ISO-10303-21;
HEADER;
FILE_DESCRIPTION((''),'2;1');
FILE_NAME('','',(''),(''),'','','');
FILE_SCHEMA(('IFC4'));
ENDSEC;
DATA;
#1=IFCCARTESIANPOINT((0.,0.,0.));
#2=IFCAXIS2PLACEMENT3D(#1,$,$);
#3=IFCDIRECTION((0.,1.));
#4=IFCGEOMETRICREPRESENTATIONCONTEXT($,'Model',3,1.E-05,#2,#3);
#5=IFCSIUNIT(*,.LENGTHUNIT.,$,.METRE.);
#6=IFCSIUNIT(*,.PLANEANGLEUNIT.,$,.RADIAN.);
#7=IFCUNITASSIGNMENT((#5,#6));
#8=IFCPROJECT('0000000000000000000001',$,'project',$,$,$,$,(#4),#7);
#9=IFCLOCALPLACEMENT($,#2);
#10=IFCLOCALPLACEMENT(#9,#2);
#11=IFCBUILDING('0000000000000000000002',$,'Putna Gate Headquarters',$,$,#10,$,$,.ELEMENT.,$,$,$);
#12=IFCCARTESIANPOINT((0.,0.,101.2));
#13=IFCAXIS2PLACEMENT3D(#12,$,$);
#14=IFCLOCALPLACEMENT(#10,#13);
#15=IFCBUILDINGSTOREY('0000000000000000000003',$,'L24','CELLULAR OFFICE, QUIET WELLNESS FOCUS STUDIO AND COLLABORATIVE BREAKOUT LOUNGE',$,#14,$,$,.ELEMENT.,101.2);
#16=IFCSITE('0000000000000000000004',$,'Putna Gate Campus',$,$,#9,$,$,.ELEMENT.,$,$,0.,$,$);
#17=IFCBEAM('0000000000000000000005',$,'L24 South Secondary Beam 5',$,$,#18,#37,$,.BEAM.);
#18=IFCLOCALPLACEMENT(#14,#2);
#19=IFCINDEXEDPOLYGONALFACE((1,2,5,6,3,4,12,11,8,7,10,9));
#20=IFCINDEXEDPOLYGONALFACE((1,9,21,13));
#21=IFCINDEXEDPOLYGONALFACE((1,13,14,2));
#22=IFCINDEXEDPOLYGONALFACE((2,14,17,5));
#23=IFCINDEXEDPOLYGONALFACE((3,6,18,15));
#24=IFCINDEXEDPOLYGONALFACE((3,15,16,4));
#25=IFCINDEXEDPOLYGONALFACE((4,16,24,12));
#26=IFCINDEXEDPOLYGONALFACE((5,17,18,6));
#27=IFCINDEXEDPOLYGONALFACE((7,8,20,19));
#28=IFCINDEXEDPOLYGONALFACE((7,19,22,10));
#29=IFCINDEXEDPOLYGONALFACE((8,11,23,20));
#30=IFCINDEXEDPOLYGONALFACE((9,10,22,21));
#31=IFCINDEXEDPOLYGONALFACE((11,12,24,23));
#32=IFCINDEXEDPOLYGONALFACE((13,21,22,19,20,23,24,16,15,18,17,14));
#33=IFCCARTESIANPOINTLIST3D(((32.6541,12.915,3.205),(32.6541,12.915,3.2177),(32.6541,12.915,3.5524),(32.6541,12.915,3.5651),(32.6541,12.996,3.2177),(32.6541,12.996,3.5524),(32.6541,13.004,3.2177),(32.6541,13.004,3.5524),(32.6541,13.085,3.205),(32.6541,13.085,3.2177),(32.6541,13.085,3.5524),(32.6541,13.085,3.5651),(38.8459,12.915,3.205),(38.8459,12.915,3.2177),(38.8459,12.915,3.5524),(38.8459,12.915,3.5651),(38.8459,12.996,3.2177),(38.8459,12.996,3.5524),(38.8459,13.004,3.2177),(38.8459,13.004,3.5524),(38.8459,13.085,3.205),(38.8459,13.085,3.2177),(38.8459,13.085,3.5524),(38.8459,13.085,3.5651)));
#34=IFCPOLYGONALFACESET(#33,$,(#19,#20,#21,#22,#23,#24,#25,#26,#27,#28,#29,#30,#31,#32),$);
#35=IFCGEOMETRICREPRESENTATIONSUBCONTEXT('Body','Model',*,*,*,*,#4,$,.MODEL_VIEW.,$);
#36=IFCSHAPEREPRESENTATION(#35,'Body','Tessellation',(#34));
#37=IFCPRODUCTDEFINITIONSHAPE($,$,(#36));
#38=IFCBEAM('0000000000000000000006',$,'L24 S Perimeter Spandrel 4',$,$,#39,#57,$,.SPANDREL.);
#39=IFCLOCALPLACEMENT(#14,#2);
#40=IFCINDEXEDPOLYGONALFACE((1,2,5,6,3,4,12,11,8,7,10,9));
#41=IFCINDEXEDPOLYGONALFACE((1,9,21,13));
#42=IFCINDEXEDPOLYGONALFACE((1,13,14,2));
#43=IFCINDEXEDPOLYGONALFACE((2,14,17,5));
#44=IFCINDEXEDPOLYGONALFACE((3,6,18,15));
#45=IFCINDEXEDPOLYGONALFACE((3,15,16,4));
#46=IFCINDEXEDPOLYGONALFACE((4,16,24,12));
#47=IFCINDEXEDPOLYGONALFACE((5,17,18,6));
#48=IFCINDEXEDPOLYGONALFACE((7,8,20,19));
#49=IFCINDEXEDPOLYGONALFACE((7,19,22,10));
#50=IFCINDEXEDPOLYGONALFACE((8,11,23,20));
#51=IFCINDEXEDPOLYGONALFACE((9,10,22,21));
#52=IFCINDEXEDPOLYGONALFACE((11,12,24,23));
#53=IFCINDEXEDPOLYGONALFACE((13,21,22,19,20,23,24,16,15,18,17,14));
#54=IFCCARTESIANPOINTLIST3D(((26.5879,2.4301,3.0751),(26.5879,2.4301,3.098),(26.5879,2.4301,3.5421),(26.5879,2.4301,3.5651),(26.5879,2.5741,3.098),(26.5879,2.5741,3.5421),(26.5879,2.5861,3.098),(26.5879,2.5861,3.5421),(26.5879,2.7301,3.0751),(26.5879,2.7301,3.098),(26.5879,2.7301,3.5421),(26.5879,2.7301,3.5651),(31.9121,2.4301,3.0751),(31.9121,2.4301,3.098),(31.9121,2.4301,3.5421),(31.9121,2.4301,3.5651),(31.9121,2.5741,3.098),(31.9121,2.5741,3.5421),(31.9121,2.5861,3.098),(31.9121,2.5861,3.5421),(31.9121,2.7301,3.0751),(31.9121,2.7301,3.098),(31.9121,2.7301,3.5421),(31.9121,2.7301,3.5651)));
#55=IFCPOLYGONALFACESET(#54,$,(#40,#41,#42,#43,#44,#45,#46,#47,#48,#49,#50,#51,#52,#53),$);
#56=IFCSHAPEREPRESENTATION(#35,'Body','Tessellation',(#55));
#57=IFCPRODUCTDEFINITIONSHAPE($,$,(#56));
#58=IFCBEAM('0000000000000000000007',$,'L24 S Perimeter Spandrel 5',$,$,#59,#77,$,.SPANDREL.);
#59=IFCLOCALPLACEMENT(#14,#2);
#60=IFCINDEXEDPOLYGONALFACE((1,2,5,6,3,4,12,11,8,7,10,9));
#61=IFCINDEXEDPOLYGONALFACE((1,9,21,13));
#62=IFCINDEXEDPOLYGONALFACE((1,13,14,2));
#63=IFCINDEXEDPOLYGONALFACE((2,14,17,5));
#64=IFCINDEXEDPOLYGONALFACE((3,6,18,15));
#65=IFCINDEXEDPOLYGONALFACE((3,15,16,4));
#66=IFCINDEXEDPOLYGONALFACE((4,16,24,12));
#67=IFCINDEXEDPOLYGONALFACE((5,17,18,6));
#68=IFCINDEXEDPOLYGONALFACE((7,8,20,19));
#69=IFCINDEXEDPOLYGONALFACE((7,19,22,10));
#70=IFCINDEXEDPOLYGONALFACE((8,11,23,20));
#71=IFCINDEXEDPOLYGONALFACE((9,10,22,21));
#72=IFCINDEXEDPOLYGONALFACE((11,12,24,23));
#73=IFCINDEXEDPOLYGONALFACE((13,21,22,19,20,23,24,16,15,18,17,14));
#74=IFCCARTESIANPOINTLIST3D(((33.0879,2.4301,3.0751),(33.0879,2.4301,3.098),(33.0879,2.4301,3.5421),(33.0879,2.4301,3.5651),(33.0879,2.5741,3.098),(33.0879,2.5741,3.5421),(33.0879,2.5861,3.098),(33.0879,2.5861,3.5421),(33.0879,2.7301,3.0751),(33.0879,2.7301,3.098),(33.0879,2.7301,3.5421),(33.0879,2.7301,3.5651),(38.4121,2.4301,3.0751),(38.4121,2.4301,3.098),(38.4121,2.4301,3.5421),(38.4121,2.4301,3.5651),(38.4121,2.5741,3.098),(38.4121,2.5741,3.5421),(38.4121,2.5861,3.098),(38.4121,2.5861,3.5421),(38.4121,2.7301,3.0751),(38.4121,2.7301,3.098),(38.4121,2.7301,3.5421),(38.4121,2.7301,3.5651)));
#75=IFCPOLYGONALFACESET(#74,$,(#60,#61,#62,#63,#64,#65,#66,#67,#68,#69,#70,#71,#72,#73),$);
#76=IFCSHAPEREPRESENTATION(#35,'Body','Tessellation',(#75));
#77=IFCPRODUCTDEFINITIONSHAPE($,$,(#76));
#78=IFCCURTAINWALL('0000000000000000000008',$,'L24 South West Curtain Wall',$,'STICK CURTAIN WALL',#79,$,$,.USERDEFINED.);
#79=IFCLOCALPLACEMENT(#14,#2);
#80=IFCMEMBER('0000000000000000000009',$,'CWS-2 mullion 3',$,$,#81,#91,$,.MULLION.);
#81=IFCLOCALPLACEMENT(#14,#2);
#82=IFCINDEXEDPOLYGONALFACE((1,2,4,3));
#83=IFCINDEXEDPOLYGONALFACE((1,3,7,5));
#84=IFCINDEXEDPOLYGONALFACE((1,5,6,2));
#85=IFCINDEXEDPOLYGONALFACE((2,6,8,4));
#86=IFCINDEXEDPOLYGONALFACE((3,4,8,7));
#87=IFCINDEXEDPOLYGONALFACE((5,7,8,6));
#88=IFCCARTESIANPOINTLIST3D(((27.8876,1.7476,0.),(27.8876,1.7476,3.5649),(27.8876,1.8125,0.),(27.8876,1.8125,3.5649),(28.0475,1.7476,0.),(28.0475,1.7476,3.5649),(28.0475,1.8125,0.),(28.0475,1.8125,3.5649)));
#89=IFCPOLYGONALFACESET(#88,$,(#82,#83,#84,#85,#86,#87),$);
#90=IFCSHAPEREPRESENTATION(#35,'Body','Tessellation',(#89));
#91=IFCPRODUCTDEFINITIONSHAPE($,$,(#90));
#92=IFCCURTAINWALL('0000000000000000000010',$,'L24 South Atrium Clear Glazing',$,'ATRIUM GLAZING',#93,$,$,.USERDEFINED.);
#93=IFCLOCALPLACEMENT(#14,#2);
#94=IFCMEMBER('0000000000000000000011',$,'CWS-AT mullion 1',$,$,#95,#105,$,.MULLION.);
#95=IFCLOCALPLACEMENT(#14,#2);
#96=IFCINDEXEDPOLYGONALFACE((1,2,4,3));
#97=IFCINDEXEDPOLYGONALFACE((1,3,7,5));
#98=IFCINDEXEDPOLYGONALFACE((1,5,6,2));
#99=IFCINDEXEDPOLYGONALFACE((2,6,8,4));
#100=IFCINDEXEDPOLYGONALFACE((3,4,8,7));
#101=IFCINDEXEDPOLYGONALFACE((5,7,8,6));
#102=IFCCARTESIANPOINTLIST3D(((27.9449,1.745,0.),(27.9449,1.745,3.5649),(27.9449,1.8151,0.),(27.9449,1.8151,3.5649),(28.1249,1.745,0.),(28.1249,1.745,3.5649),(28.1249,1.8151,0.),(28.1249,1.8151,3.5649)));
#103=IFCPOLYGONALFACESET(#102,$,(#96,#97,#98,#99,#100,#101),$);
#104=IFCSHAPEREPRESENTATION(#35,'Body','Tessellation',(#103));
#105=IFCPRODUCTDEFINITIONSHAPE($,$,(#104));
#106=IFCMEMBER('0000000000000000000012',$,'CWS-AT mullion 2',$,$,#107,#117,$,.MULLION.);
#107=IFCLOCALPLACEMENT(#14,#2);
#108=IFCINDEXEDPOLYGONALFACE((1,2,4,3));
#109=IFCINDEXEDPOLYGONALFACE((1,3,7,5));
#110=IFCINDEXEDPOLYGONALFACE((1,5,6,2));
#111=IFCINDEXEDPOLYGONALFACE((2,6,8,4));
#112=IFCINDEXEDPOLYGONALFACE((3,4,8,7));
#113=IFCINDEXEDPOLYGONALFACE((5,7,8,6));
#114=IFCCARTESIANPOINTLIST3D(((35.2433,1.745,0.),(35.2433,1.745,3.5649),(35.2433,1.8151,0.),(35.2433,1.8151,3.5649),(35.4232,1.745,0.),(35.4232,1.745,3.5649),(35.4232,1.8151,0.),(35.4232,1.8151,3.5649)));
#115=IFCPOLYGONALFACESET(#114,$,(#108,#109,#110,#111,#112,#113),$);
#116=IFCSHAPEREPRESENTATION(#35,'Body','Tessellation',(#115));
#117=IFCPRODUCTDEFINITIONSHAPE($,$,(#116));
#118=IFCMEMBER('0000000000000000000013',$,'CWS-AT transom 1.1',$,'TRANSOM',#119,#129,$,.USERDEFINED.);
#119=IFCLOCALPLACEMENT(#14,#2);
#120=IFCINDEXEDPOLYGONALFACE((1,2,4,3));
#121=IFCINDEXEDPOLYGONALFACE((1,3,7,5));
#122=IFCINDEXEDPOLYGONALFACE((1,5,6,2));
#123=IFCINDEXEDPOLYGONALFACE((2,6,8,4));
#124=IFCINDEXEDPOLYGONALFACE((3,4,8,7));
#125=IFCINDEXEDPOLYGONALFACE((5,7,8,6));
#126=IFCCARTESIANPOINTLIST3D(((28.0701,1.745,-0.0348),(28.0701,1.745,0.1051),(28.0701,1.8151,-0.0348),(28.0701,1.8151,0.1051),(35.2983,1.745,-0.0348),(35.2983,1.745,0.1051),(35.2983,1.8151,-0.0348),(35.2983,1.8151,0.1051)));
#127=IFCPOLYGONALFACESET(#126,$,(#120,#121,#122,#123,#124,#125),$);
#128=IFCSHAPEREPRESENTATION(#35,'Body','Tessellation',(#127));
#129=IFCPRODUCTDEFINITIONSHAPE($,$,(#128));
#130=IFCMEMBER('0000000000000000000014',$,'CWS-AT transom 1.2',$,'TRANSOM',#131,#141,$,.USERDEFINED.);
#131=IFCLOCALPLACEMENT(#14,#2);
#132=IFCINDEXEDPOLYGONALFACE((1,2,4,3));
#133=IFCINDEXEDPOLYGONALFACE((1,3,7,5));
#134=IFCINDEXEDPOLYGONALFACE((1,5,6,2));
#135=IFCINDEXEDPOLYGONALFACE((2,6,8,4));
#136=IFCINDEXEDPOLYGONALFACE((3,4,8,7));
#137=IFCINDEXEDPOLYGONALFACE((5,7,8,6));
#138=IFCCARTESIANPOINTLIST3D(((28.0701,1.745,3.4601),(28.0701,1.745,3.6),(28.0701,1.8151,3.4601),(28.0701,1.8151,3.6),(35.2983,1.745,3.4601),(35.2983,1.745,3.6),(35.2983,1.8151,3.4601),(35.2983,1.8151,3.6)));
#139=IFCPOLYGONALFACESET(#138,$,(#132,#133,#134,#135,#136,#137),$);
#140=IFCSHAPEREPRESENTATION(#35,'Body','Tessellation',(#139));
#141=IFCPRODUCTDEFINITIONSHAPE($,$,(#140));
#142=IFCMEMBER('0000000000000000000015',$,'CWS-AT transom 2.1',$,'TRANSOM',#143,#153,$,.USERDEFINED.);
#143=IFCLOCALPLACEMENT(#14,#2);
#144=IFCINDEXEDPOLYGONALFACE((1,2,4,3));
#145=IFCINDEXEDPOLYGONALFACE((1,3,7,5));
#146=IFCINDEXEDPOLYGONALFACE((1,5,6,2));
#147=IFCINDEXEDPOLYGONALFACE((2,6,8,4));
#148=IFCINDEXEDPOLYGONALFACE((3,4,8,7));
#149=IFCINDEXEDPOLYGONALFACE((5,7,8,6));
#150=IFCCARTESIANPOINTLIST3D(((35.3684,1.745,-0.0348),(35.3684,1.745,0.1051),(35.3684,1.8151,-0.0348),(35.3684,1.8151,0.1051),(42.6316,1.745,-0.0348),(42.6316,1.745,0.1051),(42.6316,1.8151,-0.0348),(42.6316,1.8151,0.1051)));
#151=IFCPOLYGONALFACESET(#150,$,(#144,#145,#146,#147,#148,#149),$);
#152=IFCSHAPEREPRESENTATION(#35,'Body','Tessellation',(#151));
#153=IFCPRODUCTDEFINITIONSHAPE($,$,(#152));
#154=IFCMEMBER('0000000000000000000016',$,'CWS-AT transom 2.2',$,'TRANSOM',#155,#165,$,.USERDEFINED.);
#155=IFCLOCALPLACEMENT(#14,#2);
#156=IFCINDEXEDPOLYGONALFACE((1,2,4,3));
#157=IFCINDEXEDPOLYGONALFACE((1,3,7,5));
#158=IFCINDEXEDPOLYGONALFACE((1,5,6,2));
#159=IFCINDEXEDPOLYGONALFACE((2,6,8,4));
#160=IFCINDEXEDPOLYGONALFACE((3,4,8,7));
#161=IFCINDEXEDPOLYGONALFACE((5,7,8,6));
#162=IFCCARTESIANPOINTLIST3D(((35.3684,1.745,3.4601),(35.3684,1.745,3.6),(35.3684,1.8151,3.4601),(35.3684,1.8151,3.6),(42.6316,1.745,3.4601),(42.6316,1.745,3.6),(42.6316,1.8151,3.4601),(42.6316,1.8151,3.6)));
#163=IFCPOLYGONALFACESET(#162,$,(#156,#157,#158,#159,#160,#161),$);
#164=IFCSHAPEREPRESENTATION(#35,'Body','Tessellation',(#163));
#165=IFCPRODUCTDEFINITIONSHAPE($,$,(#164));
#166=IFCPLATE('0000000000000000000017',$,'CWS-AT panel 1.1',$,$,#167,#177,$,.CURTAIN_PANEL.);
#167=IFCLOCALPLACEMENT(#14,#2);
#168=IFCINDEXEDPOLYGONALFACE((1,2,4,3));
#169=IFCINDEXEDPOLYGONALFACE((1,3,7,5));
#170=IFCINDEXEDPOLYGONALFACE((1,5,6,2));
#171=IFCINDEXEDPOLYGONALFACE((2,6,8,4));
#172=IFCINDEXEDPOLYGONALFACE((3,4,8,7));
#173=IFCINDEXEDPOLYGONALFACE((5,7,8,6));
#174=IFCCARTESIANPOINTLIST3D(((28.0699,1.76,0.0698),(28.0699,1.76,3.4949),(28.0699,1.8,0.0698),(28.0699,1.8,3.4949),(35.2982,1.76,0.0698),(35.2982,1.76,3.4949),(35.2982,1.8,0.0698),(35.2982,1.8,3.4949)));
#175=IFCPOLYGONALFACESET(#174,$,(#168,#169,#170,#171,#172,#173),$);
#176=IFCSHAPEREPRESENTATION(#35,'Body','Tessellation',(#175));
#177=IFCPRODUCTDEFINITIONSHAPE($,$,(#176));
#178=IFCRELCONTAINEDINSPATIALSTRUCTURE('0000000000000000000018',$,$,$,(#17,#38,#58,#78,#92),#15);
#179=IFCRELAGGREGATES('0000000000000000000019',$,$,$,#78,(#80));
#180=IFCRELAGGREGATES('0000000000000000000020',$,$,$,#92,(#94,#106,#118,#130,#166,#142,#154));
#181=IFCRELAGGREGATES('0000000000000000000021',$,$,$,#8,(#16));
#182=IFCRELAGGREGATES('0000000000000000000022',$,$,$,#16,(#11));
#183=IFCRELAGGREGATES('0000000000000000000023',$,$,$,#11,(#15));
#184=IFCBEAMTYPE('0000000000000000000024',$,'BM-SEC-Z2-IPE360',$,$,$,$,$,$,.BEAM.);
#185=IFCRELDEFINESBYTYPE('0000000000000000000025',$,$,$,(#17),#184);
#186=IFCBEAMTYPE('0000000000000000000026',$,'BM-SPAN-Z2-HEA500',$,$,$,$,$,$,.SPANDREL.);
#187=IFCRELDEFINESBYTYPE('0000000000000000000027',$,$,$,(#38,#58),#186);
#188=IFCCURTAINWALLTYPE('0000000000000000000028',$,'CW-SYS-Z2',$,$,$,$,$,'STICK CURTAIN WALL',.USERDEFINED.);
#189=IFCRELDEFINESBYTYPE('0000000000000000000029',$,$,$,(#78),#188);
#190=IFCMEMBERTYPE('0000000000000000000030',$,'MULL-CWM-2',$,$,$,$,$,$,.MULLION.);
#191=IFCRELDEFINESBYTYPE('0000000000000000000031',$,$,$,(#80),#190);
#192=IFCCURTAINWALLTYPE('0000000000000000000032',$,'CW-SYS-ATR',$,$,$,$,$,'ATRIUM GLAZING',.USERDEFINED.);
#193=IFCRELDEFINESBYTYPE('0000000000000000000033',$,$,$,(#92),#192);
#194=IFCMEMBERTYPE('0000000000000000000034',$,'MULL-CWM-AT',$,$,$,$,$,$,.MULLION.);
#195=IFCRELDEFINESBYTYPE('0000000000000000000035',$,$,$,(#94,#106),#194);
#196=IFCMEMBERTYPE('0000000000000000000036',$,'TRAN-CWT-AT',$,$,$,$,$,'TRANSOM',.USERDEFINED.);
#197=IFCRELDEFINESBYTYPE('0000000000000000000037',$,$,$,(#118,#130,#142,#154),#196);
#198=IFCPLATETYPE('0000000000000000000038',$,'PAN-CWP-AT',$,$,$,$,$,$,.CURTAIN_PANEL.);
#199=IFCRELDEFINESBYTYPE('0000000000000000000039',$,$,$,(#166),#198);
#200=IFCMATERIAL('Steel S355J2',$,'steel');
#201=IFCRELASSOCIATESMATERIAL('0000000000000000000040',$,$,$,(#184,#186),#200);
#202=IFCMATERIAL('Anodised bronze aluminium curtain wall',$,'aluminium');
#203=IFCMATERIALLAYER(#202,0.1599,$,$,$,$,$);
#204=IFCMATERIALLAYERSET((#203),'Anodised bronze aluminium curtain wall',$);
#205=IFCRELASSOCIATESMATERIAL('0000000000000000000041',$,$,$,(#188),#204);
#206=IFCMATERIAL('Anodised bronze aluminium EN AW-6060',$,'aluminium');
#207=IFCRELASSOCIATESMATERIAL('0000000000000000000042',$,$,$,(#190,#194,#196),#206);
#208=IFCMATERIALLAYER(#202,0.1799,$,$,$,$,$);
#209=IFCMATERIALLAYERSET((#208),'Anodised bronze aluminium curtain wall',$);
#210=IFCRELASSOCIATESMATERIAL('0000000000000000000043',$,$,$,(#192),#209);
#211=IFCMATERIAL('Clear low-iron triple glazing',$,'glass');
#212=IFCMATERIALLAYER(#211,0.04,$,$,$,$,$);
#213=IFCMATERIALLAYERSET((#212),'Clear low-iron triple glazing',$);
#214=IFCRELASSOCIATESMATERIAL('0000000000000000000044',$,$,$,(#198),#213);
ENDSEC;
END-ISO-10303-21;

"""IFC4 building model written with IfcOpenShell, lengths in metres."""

from ifc_helpers import new_model, si_unit, direction, frame, origin, origin_2d, place, context, subcontext, project, spatial, rectangle, i_section, extrude, material, layer, layer_set, material_profile, profile_set, type_object, element, aggregate, save


model = new_model("IFC4")

# Units and contexts
model_context = context("Model", 3, precision=1e-05, world=origin(), true_north=direction((0.0, 1.0)))
body_context = subcontext(model_context, "Body", "Model", "MODEL_VIEW")
ifc_project = project(units=[si_unit("LENGTHUNIT", "METRE"), si_unit("PLANEANGLEUNIT", "RADIAN")], contexts=[model_context])

# Site, building, storey
site_placement = place(None, origin())
site = spatial("IfcSite", under=ifc_project, at=site_placement, Name="Putna Gate Campus", CompositionType="ELEMENT", RefElevation=0.0)
building_placement = place(site_placement, origin())
building = spatial("IfcBuilding", under=site, at=building_placement, Name="Putna Gate Headquarters", CompositionType="ELEMENT")
storey_placement = place(building_placement, frame((0.0, 0.0, 101.2)))
storey = spatial("IfcBuildingStorey", under=building, at=storey_placement, Name="L24", Description="CELLULAR OFFICE, QUIET WELLNESS FOCUS STUDIO AND COLLABORATIVE BREAKOUT LOUNGE", CompositionType="ELEMENT", Elevation=101.2)

# Beams
ifc_material_1 = material(Name="Steel S355J2", Category="steel")
ifc_material_profile_1 = material_profile(ifc_material_1, i_section(OverallWidth=0.1699, OverallDepth=0.3601, WebThickness=0.0081, FlangeThickness=0.0127, at=origin_2d()), Name="Steel S355J2")
ifc_profile_set_1 = profile_set([ifc_material_profile_1], Name="Steel S355J2")
beam_type_1 = type_object("IfcBeamType", Name="BM-SEC-Z2-IPE360", PredefinedType="BEAM", material=ifc_profile_set_1)
for number, where, z_axis, x_axis, name in (
    (1, (32.6541, 13.0, 3.385), (1.0, 0.0, 0.0), (0.0, 1.0, 0.0), "L24 South Secondary Beam 5"),
):
    element("IfcBeam", number, at=place(storey_placement, frame(where, z_axis=z_axis, x_axis=x_axis)), inside=storey, type_object=beam_type_1, Name=name, PredefinedType="BEAM", context=body_context, shape_type="SweptSolid", body=[
        extrude(i_section(OverallWidth=0.1699, OverallDepth=0.3601, WebThickness=0.0081, FlangeThickness=0.0127, at=origin_2d()), origin(), (0.0, 0.0, 1.0), 6.1919),
    ])
ifc_material_profile_2 = material_profile(ifc_material_1, i_section(OverallWidth=0.3, OverallDepth=0.49, WebThickness=0.012, FlangeThickness=0.0229, at=origin_2d()), Name="Steel S355J2")
ifc_profile_set_2 = profile_set([ifc_material_profile_2], Name="Steel S355J2")
beam_type_2 = type_object("IfcBeamType", Name="BM-SPAN-Z2-HEA500", PredefinedType="SPANDREL", material=ifc_profile_set_2)
for number, where, z_axis, x_axis, name in (
    (2, (26.5879, 2.5801, 3.3201), (1.0, 0.0, 0.0), (0.0, 1.0, 0.0), "L24 S Perimeter Spandrel 4"),
    (3, (33.0879, 2.5801, 3.3201), (1.0, 0.0, 0.0), (0.0, 1.0, 0.0), "L24 S Perimeter Spandrel 5"),
):
    element("IfcBeam", number, at=place(storey_placement, frame(where, z_axis=z_axis, x_axis=x_axis)), inside=storey, type_object=beam_type_2, Name=name, PredefinedType="SPANDREL", context=body_context, shape_type="SweptSolid", body=[
        extrude(i_section(OverallWidth=0.3, OverallDepth=0.49, WebThickness=0.012, FlangeThickness=0.0229, at=origin_2d()), origin(), (0.0, 0.0, 1.0), 5.3242),
    ])

# Curtain wall, member
ifc_material_2 = material(Name="Anodised bronze aluminium curtain wall", Category="aluminium")
ifc_layer_1 = layer(ifc_material_2, 0.1599)
ifc_layer_set_1 = layer_set([ifc_layer_1], Name="Anodised bronze aluminium curtain wall")
curtain_wall_type_1 = type_object("IfcCurtainWallType", Name="CW-SYS-Z2", ElementType="STICK CURTAIN WALL", PredefinedType="USERDEFINED", material=ifc_layer_set_1)
curtain_wall_1_placement = place(storey_placement, origin())
curtain_wall_1 = element("IfcCurtainWall", 4, at=curtain_wall_1_placement, inside=storey, type_object=curtain_wall_type_1, Name="L24 South West Curtain Wall", ObjectType="STICK CURTAIN WALL", PredefinedType="USERDEFINED")
ifc_material_3 = material(Name="Anodised bronze aluminium EN AW-6060", Category="aluminium")
ifc_material_profile_3 = material_profile(ifc_material_3, rectangle(XDim=0.0649, YDim=0.1599, at=origin_2d()), Name="Anodised bronze aluminium EN AW-6060")
ifc_profile_set_3 = profile_set([ifc_material_profile_3], Name="Anodised bronze aluminium EN AW-6060")
member_type_1 = type_object("IfcMemberType", Name="MULL-CWM-2", PredefinedType="MULLION", material=ifc_profile_set_3)
member_1_placement = place(storey_placement, frame((27.9675, 1.78, 0.0), z_axis=(0.0, 0.0, 1.0), x_axis=(0.0, 1.0, 0.0)))
member_1 = element("IfcMember", 5, at=member_1_placement, type_object=member_type_1, Name="CWS-2 mullion 3", PredefinedType="MULLION", context=body_context, shape_type="SweptSolid", body=[
    extrude(rectangle(XDim=0.0649, YDim=0.1599, at=origin_2d()), origin(), (0.0, 0.0, 1.0), 3.5649),
])
aggregate(curtain_wall_1, [member_1])

# Curtain wall, members, plate
ifc_layer_2 = layer(ifc_material_2, 0.1799)
ifc_layer_set_2 = layer_set([ifc_layer_2], Name="Anodised bronze aluminium curtain wall")
curtain_wall_type_2 = type_object("IfcCurtainWallType", Name="CW-SYS-ATR", ElementType="ATRIUM GLAZING", PredefinedType="USERDEFINED", material=ifc_layer_set_2)
curtain_wall_2_placement = place(storey_placement, origin())
curtain_wall_2 = element("IfcCurtainWall", 6, at=curtain_wall_2_placement, inside=storey, type_object=curtain_wall_type_2, Name="L24 South Atrium Clear Glazing", ObjectType="ATRIUM GLAZING", PredefinedType="USERDEFINED")
ifc_material_profile_4 = material_profile(ifc_material_3, rectangle(XDim=0.0701, YDim=0.1799, at=origin_2d()), Name="Anodised bronze aluminium EN AW-6060")
ifc_profile_set_4 = profile_set([ifc_material_profile_4], Name="Anodised bronze aluminium EN AW-6060")
member_type_2 = type_object("IfcMemberType", Name="MULL-CWM-AT", PredefinedType="MULLION", material=ifc_profile_set_4)
member_2_placement = place(storey_placement, frame((28.0349, 1.78, 0.0), z_axis=(0.0, 0.0, 1.0), x_axis=(0.0, 1.0, 0.0)))
member_2 = element("IfcMember", 7, at=member_2_placement, type_object=member_type_2, Name="CWS-AT mullion 1", PredefinedType="MULLION", context=body_context, shape_type="SweptSolid", body=[
    extrude(rectangle(XDim=0.0701, YDim=0.1799, at=origin_2d()), origin(), (0.0, 0.0, 1.0), 3.5649),
])
member_3_placement = place(storey_placement, frame((35.3333, 1.78, 0.0), z_axis=(0.0, 0.0, 1.0), x_axis=(0.0, 1.0, 0.0)))
member_3 = element("IfcMember", 8, at=member_3_placement, type_object=member_type_2, Name="CWS-AT mullion 2", PredefinedType="MULLION", context=body_context, shape_type="SweptSolid", body=[
    extrude(rectangle(XDim=0.0701, YDim=0.1799, at=origin_2d()), origin(), (0.0, 0.0, 1.0), 3.5649),
])
ifc_material_profile_5 = material_profile(ifc_material_3, rectangle(XDim=0.0701, YDim=0.1399, at=origin_2d()), Name="Anodised bronze aluminium EN AW-6060")
ifc_profile_set_5 = profile_set([ifc_material_profile_5], Name="Anodised bronze aluminium EN AW-6060")
member_type_3 = type_object("IfcMemberType", Name="TRAN-CWT-AT", ElementType="TRANSOM", PredefinedType="USERDEFINED", material=ifc_profile_set_5)
member_4_placement = place(storey_placement, frame((28.0701, 1.78, 0.0352), z_axis=(1.0, 0.0, 0.0), x_axis=(0.0, 1.0, 0.0)))
member_4 = element("IfcMember", 9, at=member_4_placement, type_object=member_type_3, Name="CWS-AT transom 1.1", ObjectType="TRANSOM", PredefinedType="USERDEFINED", context=body_context, shape_type="SweptSolid", body=[
    extrude(rectangle(XDim=0.0701, YDim=0.1399, at=origin_2d()), origin(), (0.0, 0.0, 1.0), 7.2283),
])
member_5_placement = place(storey_placement, frame((28.0701, 1.78, 3.53), z_axis=(1.0, 0.0, 0.0), x_axis=(0.0, 1.0, 0.0)))
member_5 = element("IfcMember", 10, at=member_5_placement, type_object=member_type_3, Name="CWS-AT transom 1.2", ObjectType="TRANSOM", PredefinedType="USERDEFINED", context=body_context, shape_type="SweptSolid", body=[
    extrude(rectangle(XDim=0.0701, YDim=0.1399, at=origin_2d()), origin(), (0.0, 0.0, 1.0), 7.2283),
])
member_6_placement = place(storey_placement, frame((35.3684, 1.78, 0.0352), z_axis=(1.0, 0.0, 0.0), x_axis=(0.0, 1.0, 0.0)))
member_6 = element("IfcMember", 11, at=member_6_placement, type_object=member_type_3, Name="CWS-AT transom 2.1", ObjectType="TRANSOM", PredefinedType="USERDEFINED", context=body_context, shape_type="SweptSolid", body=[
    extrude(rectangle(XDim=0.0701, YDim=0.1399, at=origin_2d()), origin(), (0.0, 0.0, 1.0), 7.2632),
])
member_7_placement = place(storey_placement, frame((35.3684, 1.78, 3.53), z_axis=(1.0, 0.0, 0.0), x_axis=(0.0, 1.0, 0.0)))
member_7 = element("IfcMember", 12, at=member_7_placement, type_object=member_type_3, Name="CWS-AT transom 2.2", ObjectType="TRANSOM", PredefinedType="USERDEFINED", context=body_context, shape_type="SweptSolid", body=[
    extrude(rectangle(XDim=0.0701, YDim=0.1399, at=origin_2d()), origin(), (0.0, 0.0, 1.0), 7.2632),
])
ifc_material_4 = material(Name="Clear low-iron triple glazing", Category="glass")
ifc_layer_3 = layer(ifc_material_4, 0.04)
ifc_layer_set_3 = layer_set([ifc_layer_3], Name="Clear low-iron triple glazing")
plate_type = type_object("IfcPlateType", Name="PAN-CWP-AT", PredefinedType="CURTAIN_PANEL", material=ifc_layer_set_3)
plate_placement = place(storey_placement, frame((31.6841, 1.78, 0.0698), z_axis=(0.0, 0.0, 1.0), x_axis=(1.0, 0.0, 0.0)))
plate = element("IfcPlate", 13, at=plate_placement, type_object=plate_type, Name="CWS-AT panel 1.1", PredefinedType="CURTAIN_PANEL", context=body_context, shape_type="SweptSolid", body=[
    extrude(rectangle(XDim=7.2283, YDim=0.04, at=origin_2d()), origin(), (0.0, 0.0, 1.0), 3.425),
])
aggregate(curtain_wall_2, [member_2, member_3, member_4, member_5, plate, member_6, member_7])

save(model, "model.ifc")
